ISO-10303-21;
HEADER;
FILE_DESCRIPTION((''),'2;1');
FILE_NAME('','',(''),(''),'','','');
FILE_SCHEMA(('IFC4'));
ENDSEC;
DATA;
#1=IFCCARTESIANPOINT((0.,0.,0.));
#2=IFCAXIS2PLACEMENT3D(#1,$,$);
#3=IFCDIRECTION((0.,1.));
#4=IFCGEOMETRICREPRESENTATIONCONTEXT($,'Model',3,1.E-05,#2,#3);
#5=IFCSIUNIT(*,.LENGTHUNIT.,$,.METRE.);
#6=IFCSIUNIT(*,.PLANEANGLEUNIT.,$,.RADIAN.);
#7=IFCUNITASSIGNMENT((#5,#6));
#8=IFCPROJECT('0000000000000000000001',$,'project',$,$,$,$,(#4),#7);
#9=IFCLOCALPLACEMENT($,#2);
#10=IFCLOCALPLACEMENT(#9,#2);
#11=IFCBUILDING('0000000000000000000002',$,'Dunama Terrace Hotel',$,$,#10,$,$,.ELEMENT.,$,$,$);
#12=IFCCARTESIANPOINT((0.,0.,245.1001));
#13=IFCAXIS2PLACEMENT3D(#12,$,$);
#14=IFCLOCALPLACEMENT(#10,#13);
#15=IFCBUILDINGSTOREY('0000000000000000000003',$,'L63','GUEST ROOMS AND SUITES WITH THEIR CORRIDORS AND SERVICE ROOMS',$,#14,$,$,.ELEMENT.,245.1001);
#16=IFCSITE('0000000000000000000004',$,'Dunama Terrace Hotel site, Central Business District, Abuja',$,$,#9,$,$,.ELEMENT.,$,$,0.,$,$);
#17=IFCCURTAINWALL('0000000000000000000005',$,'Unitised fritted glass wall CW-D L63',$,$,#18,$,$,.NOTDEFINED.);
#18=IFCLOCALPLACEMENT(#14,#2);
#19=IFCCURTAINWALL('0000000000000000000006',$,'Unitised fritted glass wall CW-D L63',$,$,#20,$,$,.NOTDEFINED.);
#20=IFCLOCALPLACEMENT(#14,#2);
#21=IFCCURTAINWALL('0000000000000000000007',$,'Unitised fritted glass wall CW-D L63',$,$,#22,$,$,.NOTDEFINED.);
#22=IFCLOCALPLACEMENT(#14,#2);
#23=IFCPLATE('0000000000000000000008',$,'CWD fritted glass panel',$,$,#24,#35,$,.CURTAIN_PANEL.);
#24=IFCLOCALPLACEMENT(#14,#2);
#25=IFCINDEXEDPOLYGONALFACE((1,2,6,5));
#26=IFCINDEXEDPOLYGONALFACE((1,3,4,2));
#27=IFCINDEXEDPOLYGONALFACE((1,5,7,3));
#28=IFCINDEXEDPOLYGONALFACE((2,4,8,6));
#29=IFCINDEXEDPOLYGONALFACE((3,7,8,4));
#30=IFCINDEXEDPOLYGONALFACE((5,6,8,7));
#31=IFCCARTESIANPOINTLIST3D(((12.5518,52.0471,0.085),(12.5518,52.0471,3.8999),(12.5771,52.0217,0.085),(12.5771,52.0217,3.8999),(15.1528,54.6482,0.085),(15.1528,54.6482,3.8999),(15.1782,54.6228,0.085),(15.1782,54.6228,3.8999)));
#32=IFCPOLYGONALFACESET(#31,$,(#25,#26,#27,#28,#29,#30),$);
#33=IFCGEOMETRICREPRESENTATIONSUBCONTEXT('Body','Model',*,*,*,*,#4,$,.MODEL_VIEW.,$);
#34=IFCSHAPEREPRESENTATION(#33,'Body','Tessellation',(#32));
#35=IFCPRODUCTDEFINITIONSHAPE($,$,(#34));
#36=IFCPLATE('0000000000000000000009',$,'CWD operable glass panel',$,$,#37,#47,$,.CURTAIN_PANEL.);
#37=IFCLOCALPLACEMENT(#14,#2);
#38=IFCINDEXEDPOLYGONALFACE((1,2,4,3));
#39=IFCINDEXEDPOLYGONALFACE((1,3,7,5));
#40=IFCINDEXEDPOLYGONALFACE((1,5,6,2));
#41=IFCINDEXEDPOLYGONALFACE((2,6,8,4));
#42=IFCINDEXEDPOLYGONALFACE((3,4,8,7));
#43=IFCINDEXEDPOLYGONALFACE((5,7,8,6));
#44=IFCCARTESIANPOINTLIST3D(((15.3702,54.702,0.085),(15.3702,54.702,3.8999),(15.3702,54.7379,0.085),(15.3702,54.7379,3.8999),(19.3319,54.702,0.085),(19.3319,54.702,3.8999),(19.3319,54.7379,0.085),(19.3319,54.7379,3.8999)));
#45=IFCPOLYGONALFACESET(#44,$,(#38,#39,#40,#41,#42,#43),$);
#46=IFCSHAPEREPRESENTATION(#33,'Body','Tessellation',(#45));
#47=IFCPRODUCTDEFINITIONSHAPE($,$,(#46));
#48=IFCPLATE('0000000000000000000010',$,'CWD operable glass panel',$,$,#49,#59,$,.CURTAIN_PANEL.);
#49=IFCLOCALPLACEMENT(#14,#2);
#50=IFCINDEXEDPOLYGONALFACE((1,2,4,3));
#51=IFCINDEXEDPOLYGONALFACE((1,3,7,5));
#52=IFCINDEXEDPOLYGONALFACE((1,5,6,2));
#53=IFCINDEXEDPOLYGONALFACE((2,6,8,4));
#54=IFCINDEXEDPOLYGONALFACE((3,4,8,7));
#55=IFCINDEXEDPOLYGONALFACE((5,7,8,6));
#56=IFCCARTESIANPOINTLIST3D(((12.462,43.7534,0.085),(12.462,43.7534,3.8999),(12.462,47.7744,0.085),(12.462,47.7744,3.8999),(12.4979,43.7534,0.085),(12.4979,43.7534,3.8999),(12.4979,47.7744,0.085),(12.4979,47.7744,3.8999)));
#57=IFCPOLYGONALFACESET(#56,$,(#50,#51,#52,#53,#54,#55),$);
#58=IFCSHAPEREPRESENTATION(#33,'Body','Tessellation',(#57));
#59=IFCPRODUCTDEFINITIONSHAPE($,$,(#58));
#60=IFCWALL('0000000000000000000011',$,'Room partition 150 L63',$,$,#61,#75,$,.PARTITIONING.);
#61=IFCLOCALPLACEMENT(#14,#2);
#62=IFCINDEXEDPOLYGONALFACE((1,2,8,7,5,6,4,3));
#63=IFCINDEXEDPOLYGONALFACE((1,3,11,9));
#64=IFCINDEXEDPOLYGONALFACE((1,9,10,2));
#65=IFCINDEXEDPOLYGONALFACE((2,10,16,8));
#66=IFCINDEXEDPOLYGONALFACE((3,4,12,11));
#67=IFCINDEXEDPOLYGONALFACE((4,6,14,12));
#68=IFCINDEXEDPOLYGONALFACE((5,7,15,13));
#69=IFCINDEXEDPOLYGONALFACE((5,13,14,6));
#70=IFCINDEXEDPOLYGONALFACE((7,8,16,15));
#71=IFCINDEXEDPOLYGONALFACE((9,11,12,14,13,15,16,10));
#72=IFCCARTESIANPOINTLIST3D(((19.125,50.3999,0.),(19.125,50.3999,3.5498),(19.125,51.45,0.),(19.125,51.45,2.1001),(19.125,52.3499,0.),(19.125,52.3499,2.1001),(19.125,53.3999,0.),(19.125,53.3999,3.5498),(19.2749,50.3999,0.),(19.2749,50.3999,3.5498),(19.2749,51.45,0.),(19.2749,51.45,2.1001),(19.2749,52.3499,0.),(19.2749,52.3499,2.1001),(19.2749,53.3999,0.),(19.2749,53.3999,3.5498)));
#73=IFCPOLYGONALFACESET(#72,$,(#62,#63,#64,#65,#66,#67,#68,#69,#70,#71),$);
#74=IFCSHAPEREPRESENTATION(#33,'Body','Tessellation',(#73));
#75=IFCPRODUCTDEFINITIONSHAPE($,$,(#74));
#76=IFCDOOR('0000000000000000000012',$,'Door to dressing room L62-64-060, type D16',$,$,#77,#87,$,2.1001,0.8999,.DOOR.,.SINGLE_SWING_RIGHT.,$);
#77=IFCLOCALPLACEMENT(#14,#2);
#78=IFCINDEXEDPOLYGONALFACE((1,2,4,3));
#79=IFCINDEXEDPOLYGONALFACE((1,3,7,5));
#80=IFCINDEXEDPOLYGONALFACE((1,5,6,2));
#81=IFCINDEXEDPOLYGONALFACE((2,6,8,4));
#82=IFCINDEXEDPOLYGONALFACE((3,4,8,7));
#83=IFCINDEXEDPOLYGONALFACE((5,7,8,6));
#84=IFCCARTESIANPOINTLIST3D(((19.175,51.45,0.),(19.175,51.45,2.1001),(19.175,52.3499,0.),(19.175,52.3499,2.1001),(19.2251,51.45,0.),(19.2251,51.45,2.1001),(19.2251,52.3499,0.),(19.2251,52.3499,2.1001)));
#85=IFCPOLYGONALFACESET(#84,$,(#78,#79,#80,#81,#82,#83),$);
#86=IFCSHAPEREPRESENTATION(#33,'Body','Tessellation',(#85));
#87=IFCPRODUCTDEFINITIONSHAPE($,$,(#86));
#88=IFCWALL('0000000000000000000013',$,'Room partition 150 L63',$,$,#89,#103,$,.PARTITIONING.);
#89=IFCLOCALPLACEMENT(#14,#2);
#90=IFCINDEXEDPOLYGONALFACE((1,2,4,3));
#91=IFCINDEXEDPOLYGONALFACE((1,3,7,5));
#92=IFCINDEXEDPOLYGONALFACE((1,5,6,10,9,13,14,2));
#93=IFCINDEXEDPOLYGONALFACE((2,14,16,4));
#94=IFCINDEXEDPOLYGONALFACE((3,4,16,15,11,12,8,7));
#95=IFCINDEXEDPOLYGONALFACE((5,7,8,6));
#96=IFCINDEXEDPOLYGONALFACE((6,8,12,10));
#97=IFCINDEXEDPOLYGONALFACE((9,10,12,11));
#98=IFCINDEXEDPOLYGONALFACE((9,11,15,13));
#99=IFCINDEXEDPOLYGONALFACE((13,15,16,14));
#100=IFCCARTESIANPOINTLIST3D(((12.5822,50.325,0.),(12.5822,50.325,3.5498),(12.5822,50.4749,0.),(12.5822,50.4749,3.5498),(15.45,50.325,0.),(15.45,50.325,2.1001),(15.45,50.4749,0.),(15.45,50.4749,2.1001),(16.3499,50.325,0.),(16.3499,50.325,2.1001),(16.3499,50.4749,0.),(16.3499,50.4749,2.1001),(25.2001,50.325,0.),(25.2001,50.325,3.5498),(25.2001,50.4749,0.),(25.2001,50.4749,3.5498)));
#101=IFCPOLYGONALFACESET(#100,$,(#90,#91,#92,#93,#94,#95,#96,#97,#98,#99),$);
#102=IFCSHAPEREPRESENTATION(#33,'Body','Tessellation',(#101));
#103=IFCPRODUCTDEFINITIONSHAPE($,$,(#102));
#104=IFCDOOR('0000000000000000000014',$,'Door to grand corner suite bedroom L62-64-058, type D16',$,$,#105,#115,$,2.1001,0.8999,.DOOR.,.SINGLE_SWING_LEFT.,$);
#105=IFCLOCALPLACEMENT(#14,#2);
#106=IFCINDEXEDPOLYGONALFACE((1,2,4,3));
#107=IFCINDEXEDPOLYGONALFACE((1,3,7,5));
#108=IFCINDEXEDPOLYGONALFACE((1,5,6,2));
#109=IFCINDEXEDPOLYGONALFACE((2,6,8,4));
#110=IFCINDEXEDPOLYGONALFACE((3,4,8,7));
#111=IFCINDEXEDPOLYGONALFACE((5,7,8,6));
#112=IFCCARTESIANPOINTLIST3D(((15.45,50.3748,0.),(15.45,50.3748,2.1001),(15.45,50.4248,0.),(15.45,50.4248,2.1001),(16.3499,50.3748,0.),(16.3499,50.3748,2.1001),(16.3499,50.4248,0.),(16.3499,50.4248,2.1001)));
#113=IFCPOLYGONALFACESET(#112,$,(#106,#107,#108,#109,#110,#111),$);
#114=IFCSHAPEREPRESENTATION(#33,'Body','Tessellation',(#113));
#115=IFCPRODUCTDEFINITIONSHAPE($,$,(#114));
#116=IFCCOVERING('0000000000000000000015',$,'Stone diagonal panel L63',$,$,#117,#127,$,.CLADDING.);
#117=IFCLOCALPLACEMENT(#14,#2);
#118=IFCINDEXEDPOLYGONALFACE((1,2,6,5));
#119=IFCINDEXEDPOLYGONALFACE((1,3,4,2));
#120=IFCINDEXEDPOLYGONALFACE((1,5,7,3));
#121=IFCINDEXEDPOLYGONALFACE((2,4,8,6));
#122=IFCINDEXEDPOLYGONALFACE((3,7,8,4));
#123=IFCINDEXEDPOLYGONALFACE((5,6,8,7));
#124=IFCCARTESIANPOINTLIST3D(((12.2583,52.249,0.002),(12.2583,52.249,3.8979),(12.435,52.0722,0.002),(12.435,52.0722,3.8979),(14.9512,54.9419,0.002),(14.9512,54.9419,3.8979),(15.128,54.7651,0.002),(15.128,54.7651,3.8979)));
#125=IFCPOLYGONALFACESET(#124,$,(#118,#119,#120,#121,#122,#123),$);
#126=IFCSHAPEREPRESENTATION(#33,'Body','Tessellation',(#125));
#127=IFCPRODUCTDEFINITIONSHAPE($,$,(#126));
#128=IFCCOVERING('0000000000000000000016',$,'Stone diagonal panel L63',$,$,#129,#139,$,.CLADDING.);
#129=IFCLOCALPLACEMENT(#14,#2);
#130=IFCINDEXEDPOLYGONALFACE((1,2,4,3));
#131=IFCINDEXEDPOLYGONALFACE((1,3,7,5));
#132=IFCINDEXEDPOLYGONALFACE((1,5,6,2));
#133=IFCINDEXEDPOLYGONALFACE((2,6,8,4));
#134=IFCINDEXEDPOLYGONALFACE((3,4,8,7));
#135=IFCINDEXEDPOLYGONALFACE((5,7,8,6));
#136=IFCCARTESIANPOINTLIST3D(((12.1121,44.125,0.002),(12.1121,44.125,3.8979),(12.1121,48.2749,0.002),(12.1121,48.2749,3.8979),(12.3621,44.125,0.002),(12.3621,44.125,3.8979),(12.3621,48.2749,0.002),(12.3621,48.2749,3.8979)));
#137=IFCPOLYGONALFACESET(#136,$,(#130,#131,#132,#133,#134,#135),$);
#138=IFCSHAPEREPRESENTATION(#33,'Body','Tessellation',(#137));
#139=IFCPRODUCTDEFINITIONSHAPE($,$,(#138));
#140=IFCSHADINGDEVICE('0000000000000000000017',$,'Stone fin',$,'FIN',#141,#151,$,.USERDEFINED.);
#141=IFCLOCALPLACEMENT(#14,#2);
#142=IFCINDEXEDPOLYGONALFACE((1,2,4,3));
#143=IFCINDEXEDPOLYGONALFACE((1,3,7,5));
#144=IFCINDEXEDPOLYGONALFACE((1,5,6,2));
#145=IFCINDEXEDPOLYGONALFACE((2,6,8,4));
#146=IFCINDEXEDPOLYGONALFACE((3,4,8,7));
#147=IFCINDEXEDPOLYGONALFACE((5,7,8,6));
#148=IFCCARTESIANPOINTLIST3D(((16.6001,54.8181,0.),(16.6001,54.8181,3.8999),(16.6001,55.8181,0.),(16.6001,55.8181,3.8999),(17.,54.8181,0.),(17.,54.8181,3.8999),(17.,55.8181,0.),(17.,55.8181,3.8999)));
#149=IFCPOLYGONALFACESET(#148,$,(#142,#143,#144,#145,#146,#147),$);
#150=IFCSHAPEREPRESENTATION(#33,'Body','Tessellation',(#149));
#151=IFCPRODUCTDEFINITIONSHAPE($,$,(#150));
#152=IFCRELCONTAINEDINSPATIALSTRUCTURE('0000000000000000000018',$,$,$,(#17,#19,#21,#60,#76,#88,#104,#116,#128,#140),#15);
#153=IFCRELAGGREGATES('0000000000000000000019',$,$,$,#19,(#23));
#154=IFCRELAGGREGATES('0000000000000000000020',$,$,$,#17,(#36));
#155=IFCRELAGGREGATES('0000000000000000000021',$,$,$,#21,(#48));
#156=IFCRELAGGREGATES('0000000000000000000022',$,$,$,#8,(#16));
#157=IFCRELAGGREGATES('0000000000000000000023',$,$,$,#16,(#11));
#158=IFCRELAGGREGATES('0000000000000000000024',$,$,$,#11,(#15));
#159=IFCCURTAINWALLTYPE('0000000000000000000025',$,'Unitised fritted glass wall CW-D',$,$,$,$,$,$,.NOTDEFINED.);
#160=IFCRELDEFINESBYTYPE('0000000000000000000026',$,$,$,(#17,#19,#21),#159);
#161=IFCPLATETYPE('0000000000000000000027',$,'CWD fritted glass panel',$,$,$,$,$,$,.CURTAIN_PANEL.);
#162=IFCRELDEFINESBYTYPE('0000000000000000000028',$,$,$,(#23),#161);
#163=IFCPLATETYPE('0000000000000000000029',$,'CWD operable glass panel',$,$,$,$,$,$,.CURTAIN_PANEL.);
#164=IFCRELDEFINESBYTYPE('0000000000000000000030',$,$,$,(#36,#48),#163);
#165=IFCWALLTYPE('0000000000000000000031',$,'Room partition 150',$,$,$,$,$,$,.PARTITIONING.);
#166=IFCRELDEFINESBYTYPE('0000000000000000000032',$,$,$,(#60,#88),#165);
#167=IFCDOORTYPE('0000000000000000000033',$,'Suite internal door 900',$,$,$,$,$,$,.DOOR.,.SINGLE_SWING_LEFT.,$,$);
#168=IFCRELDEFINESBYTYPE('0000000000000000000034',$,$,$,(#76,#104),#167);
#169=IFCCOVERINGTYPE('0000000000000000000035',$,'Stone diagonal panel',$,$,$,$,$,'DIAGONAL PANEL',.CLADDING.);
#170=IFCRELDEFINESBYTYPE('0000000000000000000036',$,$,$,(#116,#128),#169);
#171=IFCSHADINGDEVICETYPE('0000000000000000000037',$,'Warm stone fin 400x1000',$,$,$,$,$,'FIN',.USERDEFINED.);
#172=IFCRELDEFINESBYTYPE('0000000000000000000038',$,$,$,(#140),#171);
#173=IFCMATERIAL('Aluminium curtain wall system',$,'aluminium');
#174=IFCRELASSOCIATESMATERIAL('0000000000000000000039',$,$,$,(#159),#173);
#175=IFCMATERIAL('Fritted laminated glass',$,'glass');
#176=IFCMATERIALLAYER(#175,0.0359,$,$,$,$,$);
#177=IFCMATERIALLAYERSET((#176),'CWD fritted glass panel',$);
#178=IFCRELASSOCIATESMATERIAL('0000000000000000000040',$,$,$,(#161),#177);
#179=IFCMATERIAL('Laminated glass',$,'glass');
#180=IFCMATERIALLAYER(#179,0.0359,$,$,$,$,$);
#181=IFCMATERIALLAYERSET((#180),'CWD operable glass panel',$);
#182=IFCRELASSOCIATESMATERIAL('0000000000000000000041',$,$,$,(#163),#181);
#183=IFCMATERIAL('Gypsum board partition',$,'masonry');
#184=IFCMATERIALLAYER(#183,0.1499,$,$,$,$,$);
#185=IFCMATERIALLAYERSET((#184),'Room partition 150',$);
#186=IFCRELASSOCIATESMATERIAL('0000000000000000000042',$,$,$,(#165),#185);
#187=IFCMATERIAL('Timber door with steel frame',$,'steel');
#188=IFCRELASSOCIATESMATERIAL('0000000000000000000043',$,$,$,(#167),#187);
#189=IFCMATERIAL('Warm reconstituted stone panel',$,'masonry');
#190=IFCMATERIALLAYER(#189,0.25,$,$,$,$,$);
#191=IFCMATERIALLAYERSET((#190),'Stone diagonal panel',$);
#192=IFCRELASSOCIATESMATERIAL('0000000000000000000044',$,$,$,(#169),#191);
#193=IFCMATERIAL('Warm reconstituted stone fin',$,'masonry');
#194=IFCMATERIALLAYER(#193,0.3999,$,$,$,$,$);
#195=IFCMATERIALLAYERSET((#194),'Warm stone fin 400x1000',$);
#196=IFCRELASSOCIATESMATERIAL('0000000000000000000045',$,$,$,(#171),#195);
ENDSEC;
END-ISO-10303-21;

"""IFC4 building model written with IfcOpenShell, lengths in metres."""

from ifc_helpers import new_model, si_unit, direction, frame, frame_2d, origin, origin_2d, place, context, subcontext, project, spatial, rectangle, extrude, material, layer, layer_set, type_object, element, fill, aggregate, save


model = new_model("IFC4")

# Units and contexts
model_context = context("Model", 3, precision=1e-05, world=origin(), true_north=direction((0.0, 1.0)))
body_context = subcontext(model_context, "Body", "Model", "MODEL_VIEW")
ifc_project = project(units=[si_unit("LENGTHUNIT", "METRE"), si_unit("PLANEANGLEUNIT", "RADIAN")], contexts=[model_context])

# Site, building, storey
site_placement = place(None, origin())
site = spatial("IfcSite", under=ifc_project, at=site_placement, Name="Dunama Terrace Hotel site, Central Business District, Abuja", CompositionType="ELEMENT", RefElevation=0.0)
building_placement = place(site_placement, origin())
building = spatial("IfcBuilding", under=site, at=building_placement, Name="Dunama Terrace Hotel", CompositionType="ELEMENT")
storey_placement = place(building_placement, frame((0.0, 0.0, 245.1001)))
storey = spatial("IfcBuildingStorey", under=building, at=storey_placement, Name="L63", Description="GUEST ROOMS AND SUITES WITH THEIR CORRIDORS AND SERVICE ROOMS", CompositionType="ELEMENT", Elevation=245.1001)

# Curtain wall
ifc_material_1 = material(Name="Aluminium curtain wall system", Category="aluminium")
curtain_wall_type = type_object("IfcCurtainWallType", Name="Unitised fritted glass wall CW-D", PredefinedType="NOTDEFINED", material=ifc_material_1)
curtain_wall_1_placement = place(storey_placement, origin())
curtain_wall_1 = element("IfcCurtainWall", 1, at=curtain_wall_1_placement, inside=storey, type_object=curtain_wall_type, Name="Unitised fritted glass wall CW-D L63", PredefinedType="NOTDEFINED")

# Curtain walls
curtain_wall_2_placement = place(storey_placement, origin())
curtain_wall_2 = element("IfcCurtainWall", 2, at=curtain_wall_2_placement, inside=storey, type_object=curtain_wall_type, Name="Unitised fritted glass wall CW-D L63", PredefinedType="NOTDEFINED")
curtain_wall_3_placement = place(storey_placement, origin())
curtain_wall_3 = element("IfcCurtainWall", 3, at=curtain_wall_3_placement, inside=storey, type_object=curtain_wall_type, Name="Unitised fritted glass wall CW-D L63", PredefinedType="NOTDEFINED")

# Plates
ifc_material_2 = material(Name="Fritted laminated glass", Category="glass")
ifc_layer_1 = layer(ifc_material_2, 0.0359)
ifc_layer_set_1 = layer_set([ifc_layer_1], Name="CWD fritted glass panel")
plate_type_1 = type_object("IfcPlateType", Name="CWD fritted glass panel", PredefinedType="CURTAIN_PANEL", material=ifc_layer_set_1)
plate_1_placement = place(storey_placement, frame((13.865, 53.335, 0.085), z_axis=(0.0, 0.0, 1.0), x_axis=(-0.707107, -0.707107, 0.0)))
plate_1 = element("IfcPlate", 4, at=plate_1_placement, type_object=plate_type_1, Name="CWD fritted glass panel", PredefinedType="CURTAIN_PANEL", context=body_context, shape_type="SweptSolid", body=[
    extrude(rectangle(XDim=3.6785, YDim=0.0359, at=origin_2d()), origin(), (0.0, 0.0, 1.0), 3.8149),
])
aggregate(curtain_wall_2, [plate_1])
ifc_material_3 = material(Name="Laminated glass", Category="glass")
ifc_layer_2 = layer(ifc_material_3, 0.0359)
ifc_layer_set_2 = layer_set([ifc_layer_2], Name="CWD operable glass panel")
plate_type_2 = type_object("IfcPlateType", Name="CWD operable glass panel", PredefinedType="CURTAIN_PANEL", material=ifc_layer_set_2)
plate_2_placement = place(storey_placement, frame((17.3511, 54.72, 0.085), z_axis=(0.0, 0.0, 1.0), x_axis=(-1.0, 0.0, 0.0)))
plate_2 = element("IfcPlate", 5, at=plate_2_placement, type_object=plate_type_2, Name="CWD operable glass panel", PredefinedType="CURTAIN_PANEL", context=body_context, shape_type="SweptSolid", body=[
    extrude(rectangle(XDim=3.9617, YDim=0.0359, at=origin_2d()), origin(), (0.0, 0.0, 1.0), 3.8149),
])
aggregate(curtain_wall_1, [plate_2])
plate_3_placement = place(storey_placement, frame((12.48, 45.7639, 0.085), z_axis=(0.0, 0.0, 1.0), x_axis=(0.0, -1.0, 0.0)))
plate_3 = element("IfcPlate", 6, at=plate_3_placement, type_object=plate_type_2, Name="CWD operable glass panel", PredefinedType="CURTAIN_PANEL", context=body_context, shape_type="SweptSolid", body=[
    extrude(rectangle(XDim=4.021, YDim=0.0359, at=origin_2d()), origin(), (0.0, 0.0, 1.0), 3.8149),
])
aggregate(curtain_wall_3, [plate_3])

# Walls, openings, doors
ifc_material_4 = material(Name="Gypsum board partition", Category="masonry")
ifc_layer_3 = layer(ifc_material_4, 0.1499)
ifc_layer_set_3 = layer_set([ifc_layer_3], Name="Room partition 150")
wall_type = type_object("IfcWallType", Name="Room partition 150", PredefinedType="PARTITIONING", material=ifc_layer_set_3)
wall_1_placement = place(storey_placement, frame((19.2, 50.3999, 0.0), z_axis=(0.0, 0.0, 1.0), x_axis=(0.0, 1.0, 0.0)))
wall_1 = element("IfcWall", 7, at=wall_1_placement, inside=storey, type_object=wall_type, Name="Room partition 150 L63", PredefinedType="PARTITIONING", context=body_context, shape_type="SweptSolid", body=[
    extrude(rectangle(XDim=3.0, YDim=0.1499, at=frame_2d((1.5, 0.0))), origin(), (0.0, 0.0, 1.0), 3.5498),
])
opening_1_placement = place(wall_1_placement, frame((1.05, 0.0, 0.0)))
opening_1 = element("IfcOpeningElement", 8, at=opening_1_placement, cuts=wall_1, PredefinedType="OPENING", context=body_context, shape_type="SweptSolid", body=[
    extrude(rectangle(XDim=0.8999, YDim=2.1001, at=frame_2d((0.45, 1.05))), frame((0.0, 0.085, 0.0), z_axis=(0.0, -1.0, 0.0), x_axis=(1.0, 0.0, 0.0)), (0.0, 0.0, 1.0), 0.1699),
])
ifc_material_5 = material(Name="Timber door with steel frame", Category="steel")
door_type = type_object("IfcDoorType", Name="Suite internal door 900", OperationType="SINGLE_SWING_LEFT", PredefinedType="DOOR", material=ifc_material_5)
door_1_placement = place(opening_1_placement, frame((0.8999, 0.0, 0.0), z_axis=(0.0, 0.0, 1.0), x_axis=(-1.0, 0.0, 0.0)))
door_1 = element("IfcDoor", 9, at=door_1_placement, inside=storey, type_object=door_type, Name="Door to dressing room L62-64-060, type D16", OperationType="SINGLE_SWING_RIGHT", OverallHeight=2.1001, OverallWidth=0.8999, PredefinedType="DOOR", context=body_context, shape_type="SweptSolid", body=[
    extrude(rectangle(XDim=0.8999, YDim=2.1001, at=frame_2d((0.45, 1.05))), frame((0.0, 0.0251, 0.0), z_axis=(0.0, -1.0, 0.0), x_axis=(1.0, 0.0, 0.0)), (0.0, 0.0, 1.0), 0.05),
])
fill(opening_1, door_1)
wall_2_placement = place(storey_placement, frame((12.582, 50.3999, 0.0), z_axis=(0.0, 0.0, 1.0), x_axis=(1.0, 0.0, 0.0)))
wall_2 = element("IfcWall", 10, at=wall_2_placement, inside=storey, type_object=wall_type, Name="Room partition 150 L63", PredefinedType="PARTITIONING", context=body_context, shape_type="SweptSolid", body=[
    extrude(rectangle(XDim=12.6179, YDim=0.1499, at=frame_2d((6.3091, 0.0))), origin(), (0.0, 0.0, 1.0), 3.5498),
])
opening_2_placement = place(wall_2_placement, frame((2.8679, 0.0, 0.0)))
opening_2 = element("IfcOpeningElement", 11, at=opening_2_placement, cuts=wall_2, PredefinedType="OPENING", context=body_context, shape_type="SweptSolid", body=[
    extrude(rectangle(XDim=0.8999, YDim=2.1001, at=frame_2d((0.45, 1.05))), frame((0.0, 0.085, 0.0), z_axis=(0.0, -1.0, 0.0), x_axis=(1.0, 0.0, 0.0)), (0.0, 0.0, 1.0), 0.1699),
])
door_2_placement = place(opening_2_placement, origin())
door_2 = element("IfcDoor", 12, at=door_2_placement, inside=storey, type_object=door_type, Name="Door to grand corner suite bedroom L62-64-058, type D16", OperationType="SINGLE_SWING_LEFT", OverallHeight=2.1001, OverallWidth=0.8999, PredefinedType="DOOR", context=body_context, shape_type="SweptSolid", body=[
    extrude(rectangle(XDim=0.8999, YDim=2.1001, at=frame_2d((0.45, 1.05))), frame((0.0, 0.0249, 0.0), z_axis=(0.0, -1.0, 0.0), x_axis=(1.0, 0.0, 0.0)), (0.0, 0.0, 1.0), 0.05),
])
fill(opening_2, door_2)

# Coverings
ifc_material_6 = material(Name="Warm reconstituted stone panel", Category="masonry")
ifc_layer_4 = layer(ifc_material_6, 0.25)
ifc_layer_set_4 = layer_set([ifc_layer_4], Name="Stone diagonal panel")
covering_type = type_object("IfcCoveringType", Name="Stone diagonal panel", ElementType="DIAGONAL PANEL", PredefinedType="CLADDING", material=ifc_layer_set_4)
covering_1_placement = place(storey_placement, frame((13.6931, 53.5071, 0.002), z_axis=(0.0, 0.0, 1.0), x_axis=(-0.707107, -0.707107, 0.0)))
element("IfcCovering", 13, at=covering_1_placement, inside=storey, type_object=covering_type, Name="Stone diagonal panel L63", PredefinedType="CLADDING", context=body_context, shape_type="SweptSolid", body=[
    extrude(rectangle(XDim=3.8083, YDim=0.25, at=origin_2d()), origin(), (0.0, 0.0, 1.0), 3.896),
])
covering_2_placement = place(storey_placement, frame((12.2371, 46.2, 0.002), z_axis=(0.0, 0.0, 1.0), x_axis=(0.0, -1.0, 0.0)))
element("IfcCovering", 14, at=covering_2_placement, inside=storey, type_object=covering_type, Name="Stone diagonal panel L63", PredefinedType="CLADDING", context=body_context, shape_type="SweptSolid", body=[
    extrude(rectangle(XDim=4.1499, YDim=0.25, at=origin_2d()), origin(), (0.0, 0.0, 1.0), 3.896),
])

# Shading device
ifc_material_7 = material(Name="Warm reconstituted stone fin", Category="masonry")
ifc_layer_5 = layer(ifc_material_7, 0.3999)
ifc_layer_set_5 = layer_set([ifc_layer_5], Name="Warm stone fin 400x1000")
shading_device_type = type_object("IfcShadingDeviceType", Name="Warm stone fin 400x1000", ElementType="FIN", PredefinedType="USERDEFINED", material=ifc_layer_set_5)
shading_device_placement = place(storey_placement, frame((16.8, 55.3181, 0.0), z_axis=(0.0, 0.0, 1.0), x_axis=(-1.0, 0.0, 0.0)))
element("IfcShadingDevice", 15, at=shading_device_placement, inside=storey, type_object=shading_device_type, Name="Stone fin", ObjectType="FIN", PredefinedType="USERDEFINED", context=body_context, shape_type="SweptSolid", body=[
    extrude(rectangle(XDim=0.3999, YDim=1.0, at=origin_2d()), origin(), (0.0, 0.0, 1.0), 3.8999),
])

save(model, "model.ifc")
